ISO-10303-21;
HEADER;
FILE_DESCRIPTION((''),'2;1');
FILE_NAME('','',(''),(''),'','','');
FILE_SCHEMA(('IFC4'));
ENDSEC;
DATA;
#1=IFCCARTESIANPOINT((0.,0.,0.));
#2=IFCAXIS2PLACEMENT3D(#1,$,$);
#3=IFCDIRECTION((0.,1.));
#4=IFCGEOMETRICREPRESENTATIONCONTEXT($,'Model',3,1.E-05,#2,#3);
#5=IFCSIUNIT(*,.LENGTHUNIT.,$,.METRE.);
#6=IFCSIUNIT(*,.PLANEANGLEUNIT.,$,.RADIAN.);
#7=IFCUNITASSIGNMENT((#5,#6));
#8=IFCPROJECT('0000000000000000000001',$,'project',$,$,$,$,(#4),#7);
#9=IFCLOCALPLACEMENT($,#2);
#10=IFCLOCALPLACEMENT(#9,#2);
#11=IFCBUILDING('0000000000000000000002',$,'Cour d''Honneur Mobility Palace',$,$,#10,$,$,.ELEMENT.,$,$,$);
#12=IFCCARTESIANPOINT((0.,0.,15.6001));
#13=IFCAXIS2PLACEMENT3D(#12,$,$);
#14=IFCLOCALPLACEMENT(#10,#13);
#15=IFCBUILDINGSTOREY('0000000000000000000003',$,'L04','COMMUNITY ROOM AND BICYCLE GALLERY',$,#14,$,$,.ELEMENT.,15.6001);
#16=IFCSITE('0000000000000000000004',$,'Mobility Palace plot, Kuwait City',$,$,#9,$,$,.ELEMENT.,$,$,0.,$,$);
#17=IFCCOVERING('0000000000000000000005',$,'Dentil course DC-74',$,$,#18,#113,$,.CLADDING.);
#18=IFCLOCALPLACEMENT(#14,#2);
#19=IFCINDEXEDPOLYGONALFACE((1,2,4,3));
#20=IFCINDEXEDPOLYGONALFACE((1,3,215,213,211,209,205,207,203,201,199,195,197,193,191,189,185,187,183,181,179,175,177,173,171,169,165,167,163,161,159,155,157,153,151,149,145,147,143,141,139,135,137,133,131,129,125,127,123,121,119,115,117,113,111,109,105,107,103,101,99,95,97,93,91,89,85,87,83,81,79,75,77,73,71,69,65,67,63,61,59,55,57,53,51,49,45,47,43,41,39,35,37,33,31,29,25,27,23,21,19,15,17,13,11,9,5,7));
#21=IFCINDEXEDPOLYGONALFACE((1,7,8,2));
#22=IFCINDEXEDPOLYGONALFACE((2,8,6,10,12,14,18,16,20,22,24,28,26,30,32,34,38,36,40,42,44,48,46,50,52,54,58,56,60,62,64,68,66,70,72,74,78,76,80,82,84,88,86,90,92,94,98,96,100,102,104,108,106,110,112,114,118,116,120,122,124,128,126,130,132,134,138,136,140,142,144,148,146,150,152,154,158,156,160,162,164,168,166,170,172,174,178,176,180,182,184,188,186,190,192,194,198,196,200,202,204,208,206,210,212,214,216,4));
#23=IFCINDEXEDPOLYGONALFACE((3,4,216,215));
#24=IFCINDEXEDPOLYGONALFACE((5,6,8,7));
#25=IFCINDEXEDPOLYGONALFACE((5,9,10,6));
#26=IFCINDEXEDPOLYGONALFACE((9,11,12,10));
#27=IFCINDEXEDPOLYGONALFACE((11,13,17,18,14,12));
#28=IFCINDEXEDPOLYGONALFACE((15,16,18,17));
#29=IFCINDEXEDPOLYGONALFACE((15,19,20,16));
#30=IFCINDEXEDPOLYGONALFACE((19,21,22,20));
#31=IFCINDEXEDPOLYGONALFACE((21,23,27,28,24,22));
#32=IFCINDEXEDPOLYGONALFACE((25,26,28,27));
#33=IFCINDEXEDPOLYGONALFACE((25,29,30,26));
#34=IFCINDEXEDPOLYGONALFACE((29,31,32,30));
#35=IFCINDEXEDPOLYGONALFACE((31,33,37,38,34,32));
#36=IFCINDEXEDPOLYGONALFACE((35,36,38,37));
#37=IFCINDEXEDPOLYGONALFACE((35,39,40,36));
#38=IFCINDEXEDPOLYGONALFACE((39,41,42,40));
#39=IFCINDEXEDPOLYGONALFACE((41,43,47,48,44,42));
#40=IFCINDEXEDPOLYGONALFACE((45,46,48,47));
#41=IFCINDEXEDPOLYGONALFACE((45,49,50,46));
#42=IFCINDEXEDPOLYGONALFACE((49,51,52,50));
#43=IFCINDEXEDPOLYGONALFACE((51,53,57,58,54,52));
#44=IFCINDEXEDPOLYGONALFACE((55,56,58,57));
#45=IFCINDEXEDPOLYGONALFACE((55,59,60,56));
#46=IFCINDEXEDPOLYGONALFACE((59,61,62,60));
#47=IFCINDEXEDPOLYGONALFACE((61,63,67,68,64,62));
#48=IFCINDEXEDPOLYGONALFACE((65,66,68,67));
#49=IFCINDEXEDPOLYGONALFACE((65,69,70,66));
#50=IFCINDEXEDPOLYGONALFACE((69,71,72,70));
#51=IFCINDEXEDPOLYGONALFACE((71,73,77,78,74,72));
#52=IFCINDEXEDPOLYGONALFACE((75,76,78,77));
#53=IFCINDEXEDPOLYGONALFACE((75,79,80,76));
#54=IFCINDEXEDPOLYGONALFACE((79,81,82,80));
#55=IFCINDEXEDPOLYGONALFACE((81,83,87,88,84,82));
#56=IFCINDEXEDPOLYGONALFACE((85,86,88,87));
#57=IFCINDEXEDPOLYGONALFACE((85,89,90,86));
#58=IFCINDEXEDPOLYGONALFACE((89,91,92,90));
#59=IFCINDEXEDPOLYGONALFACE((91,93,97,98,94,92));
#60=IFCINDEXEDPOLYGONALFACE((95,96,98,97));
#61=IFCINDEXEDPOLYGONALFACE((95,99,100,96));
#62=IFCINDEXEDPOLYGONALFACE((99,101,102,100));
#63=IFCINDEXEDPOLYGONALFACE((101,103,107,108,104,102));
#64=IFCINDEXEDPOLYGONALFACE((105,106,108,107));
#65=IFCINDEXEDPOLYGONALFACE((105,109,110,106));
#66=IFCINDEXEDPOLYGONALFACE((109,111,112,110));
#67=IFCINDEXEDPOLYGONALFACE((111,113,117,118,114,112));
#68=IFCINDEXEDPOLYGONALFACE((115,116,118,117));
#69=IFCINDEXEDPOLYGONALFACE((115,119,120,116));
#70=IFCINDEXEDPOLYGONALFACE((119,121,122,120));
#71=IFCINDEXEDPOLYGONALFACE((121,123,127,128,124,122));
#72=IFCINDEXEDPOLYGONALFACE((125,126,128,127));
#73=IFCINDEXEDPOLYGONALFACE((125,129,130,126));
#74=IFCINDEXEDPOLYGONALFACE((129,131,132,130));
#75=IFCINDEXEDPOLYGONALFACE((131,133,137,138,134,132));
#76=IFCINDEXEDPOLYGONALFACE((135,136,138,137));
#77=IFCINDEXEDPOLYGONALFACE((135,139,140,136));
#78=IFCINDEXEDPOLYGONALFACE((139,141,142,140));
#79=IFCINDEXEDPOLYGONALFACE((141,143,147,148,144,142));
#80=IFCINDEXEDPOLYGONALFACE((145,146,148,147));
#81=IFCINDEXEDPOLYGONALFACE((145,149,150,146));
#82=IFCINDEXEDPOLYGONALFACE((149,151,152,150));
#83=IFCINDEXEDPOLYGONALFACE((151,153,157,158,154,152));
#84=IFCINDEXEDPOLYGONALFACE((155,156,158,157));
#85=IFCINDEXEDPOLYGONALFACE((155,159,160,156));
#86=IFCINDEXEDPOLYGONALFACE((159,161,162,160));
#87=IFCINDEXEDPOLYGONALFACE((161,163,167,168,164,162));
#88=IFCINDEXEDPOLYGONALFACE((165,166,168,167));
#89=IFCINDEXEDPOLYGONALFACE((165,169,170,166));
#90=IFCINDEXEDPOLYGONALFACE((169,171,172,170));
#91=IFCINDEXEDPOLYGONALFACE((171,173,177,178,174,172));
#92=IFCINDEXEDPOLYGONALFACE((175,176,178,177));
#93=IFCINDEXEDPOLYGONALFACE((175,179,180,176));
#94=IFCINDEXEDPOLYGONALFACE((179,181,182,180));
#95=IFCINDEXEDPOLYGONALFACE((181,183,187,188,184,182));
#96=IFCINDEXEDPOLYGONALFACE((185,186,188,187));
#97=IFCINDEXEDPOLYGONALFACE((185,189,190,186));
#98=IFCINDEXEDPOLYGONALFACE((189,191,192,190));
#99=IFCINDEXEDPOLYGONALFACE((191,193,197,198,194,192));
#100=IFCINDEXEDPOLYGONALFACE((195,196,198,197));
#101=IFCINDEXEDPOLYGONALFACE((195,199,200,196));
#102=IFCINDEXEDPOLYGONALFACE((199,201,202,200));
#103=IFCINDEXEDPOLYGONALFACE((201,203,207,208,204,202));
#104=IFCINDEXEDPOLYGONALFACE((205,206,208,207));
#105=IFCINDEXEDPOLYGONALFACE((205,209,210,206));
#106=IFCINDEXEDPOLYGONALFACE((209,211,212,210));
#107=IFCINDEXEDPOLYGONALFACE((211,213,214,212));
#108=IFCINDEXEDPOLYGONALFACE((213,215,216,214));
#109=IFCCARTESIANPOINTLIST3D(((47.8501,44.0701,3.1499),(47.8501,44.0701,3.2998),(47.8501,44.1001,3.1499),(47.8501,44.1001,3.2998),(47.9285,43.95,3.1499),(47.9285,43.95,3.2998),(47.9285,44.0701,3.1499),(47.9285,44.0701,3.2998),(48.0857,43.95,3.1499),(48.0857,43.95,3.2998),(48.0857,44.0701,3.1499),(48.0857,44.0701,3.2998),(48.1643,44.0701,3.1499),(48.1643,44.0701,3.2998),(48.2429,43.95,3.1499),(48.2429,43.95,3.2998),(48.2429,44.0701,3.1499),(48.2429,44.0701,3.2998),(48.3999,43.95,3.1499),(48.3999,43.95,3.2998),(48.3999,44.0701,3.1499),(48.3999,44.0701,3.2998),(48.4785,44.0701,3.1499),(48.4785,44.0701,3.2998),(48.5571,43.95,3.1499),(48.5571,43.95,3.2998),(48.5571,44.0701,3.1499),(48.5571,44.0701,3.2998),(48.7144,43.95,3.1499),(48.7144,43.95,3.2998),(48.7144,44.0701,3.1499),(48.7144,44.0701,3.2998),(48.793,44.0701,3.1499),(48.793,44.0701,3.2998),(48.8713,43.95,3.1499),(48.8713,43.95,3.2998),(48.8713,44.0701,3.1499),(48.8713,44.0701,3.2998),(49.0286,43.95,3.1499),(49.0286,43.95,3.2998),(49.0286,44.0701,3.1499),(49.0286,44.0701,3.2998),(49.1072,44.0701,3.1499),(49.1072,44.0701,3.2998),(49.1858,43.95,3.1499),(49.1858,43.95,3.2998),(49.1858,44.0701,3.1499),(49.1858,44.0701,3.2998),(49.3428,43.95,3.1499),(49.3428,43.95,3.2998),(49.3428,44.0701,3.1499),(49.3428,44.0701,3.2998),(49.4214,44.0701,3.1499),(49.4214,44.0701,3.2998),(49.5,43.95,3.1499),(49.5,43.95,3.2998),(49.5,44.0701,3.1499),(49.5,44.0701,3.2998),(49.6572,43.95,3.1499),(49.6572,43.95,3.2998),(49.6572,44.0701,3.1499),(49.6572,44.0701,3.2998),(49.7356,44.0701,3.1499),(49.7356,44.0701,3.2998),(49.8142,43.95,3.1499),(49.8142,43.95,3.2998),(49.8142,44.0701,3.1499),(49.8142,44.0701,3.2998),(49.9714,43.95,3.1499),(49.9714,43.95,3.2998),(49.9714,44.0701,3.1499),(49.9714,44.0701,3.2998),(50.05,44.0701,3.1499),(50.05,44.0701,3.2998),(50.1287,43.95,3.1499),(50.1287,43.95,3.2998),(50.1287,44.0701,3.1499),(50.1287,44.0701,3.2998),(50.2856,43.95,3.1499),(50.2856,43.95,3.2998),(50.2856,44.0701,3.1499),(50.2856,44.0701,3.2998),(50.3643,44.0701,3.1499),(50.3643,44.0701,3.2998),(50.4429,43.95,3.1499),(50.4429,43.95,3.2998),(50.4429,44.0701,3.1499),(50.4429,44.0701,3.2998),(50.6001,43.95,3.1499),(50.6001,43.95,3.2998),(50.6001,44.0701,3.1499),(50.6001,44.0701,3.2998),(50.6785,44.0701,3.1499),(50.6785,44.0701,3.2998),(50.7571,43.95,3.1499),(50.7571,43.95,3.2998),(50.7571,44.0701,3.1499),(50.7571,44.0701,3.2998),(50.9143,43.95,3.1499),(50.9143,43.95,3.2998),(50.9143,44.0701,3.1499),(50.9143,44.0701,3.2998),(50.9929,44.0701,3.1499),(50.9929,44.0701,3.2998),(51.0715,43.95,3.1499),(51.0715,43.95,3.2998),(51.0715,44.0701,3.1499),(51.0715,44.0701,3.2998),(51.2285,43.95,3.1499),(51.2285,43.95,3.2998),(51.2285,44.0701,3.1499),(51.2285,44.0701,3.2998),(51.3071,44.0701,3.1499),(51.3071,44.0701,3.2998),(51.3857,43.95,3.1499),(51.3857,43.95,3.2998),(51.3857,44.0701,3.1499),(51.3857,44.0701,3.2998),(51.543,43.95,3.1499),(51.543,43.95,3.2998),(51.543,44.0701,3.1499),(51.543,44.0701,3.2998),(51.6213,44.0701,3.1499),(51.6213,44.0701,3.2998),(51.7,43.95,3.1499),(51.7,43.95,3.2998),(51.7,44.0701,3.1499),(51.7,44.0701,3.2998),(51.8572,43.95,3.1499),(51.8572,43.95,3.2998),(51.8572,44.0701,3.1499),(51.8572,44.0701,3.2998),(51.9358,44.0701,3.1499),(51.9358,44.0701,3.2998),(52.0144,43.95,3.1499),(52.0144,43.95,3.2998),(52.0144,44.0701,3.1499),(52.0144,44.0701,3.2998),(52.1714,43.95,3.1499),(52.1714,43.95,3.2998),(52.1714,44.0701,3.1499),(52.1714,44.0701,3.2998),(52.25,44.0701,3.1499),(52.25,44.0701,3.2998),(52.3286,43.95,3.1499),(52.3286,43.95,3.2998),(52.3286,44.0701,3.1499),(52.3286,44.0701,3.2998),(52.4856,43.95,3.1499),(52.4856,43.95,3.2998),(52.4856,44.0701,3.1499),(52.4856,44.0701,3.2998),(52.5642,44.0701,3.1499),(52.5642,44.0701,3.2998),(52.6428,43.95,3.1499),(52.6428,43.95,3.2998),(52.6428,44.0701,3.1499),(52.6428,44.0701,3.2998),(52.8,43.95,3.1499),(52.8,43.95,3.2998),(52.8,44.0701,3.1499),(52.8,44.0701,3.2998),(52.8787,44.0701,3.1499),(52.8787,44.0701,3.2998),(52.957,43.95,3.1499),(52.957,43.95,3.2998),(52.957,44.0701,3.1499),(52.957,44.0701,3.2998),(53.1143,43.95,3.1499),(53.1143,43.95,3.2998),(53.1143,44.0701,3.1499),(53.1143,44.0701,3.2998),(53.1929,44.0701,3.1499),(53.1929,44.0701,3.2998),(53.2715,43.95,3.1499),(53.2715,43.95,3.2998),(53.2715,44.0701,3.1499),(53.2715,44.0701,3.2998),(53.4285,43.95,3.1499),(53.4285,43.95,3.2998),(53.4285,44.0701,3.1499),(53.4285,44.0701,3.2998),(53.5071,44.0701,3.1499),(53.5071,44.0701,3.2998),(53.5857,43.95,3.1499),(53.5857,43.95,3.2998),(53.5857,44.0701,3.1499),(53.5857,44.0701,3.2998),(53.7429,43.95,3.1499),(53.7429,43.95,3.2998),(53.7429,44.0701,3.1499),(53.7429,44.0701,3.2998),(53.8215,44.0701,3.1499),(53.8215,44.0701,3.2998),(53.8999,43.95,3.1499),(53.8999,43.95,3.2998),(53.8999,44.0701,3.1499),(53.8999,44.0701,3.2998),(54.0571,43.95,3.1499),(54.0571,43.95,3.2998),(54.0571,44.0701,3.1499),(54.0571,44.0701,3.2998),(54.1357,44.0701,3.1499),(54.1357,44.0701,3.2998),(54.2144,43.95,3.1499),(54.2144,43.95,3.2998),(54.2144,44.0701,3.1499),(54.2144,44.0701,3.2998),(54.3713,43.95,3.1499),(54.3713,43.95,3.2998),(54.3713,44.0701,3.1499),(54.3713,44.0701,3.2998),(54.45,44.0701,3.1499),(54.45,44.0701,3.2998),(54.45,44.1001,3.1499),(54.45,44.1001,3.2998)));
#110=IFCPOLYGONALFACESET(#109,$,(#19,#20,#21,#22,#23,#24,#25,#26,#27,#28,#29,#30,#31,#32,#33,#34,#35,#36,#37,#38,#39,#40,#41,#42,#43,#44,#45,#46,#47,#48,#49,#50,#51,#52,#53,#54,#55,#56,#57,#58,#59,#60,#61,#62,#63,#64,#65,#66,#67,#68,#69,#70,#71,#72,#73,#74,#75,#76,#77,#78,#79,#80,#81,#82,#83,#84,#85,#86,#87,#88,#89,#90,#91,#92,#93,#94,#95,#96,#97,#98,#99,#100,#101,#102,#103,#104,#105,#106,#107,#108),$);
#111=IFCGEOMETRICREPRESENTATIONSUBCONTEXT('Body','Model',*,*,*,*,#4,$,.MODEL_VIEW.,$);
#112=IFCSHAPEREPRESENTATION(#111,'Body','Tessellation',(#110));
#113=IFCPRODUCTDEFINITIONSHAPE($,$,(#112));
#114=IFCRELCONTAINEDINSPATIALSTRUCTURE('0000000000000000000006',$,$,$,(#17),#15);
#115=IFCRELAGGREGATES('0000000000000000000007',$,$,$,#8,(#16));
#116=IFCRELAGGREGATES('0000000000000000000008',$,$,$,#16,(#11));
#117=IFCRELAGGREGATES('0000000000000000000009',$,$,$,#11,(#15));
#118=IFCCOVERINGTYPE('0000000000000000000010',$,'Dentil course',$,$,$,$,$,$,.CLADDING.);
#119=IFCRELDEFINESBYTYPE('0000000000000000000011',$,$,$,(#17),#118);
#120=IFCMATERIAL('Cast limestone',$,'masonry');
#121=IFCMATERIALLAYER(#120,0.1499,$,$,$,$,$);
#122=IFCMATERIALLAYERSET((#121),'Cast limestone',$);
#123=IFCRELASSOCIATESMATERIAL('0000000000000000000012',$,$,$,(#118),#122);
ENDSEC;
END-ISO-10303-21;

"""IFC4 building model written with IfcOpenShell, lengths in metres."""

from ifc_helpers import new_model, si_unit, direction, frame, origin, place, context, subcontext, project, spatial, polyline, outline, extrude, material, layer, layer_set, type_object, element, save


model = new_model("IFC4")

# Units and contexts
model_context = context("Model", 3, precision=1e-05, world=origin(), true_north=direction((0.0, 1.0)))
body_context = subcontext(model_context, "Body", "Model", "MODEL_VIEW")
ifc_project = project(units=[si_unit("LENGTHUNIT", "METRE"), si_unit("PLANEANGLEUNIT", "RADIAN")], contexts=[model_context])

# Site, building, storey
site_placement = place(None, origin())
site = spatial("IfcSite", under=ifc_project, at=site_placement, Name="Mobility Palace plot, Kuwait City", CompositionType="ELEMENT", RefElevation=0.0)
building_placement = place(site_placement, origin())
building = spatial("IfcBuilding", under=site, at=building_placement, Name="Cour d'Honneur Mobility Palace", CompositionType="ELEMENT")
storey_placement = place(building_placement, frame((0.0, 0.0, 15.6001)))
storey = spatial("IfcBuildingStorey", under=building, at=storey_placement, Name="L04", Description="COMMUNITY ROOM AND BICYCLE GALLERY", CompositionType="ELEMENT", Elevation=15.6001)

# Covering
ifc_material_1 = material(Name="Cast limestone", Category="masonry")
ifc_layer_1 = layer(ifc_material_1, 0.1499)
ifc_layer_set_1 = layer_set([ifc_layer_1], Name="Cast limestone")
covering_type_1 = type_object("IfcCoveringType", Name="Dentil course", PredefinedType="CLADDING", material=ifc_layer_set_1)
covering_1_placement = place(storey_placement, frame((0.0, 0.0, 3.1499)))
element("IfcCovering", 1, at=covering_1_placement, inside=storey, type_object=covering_type_1, Name="Dentil course DC-74", PredefinedType="CLADDING", context=body_context, shape_type="SweptSolid", body=[
    extrude(outline(polyline([(47.8501, 44.1001), (54.45, 44.1001), (54.45, 44.0701), (54.45, 44.0701), (54.3713, 44.0701), (54.3713, 43.95), (54.2144, 43.95), (54.2144, 44.0701), (54.1357, 44.0701), (54.1357, 44.0701), (54.0571, 44.0701), (54.0571, 43.95), (53.8999, 43.95), (53.8999, 44.0701), (53.8215, 44.0701), (53.8215, 44.0701), (53.7429, 44.0701), (53.7429, 43.95), (53.5857, 43.95), (53.5857, 44.0701), (53.5071, 44.0701), (53.5071, 44.0701), (53.4285, 44.0701), (53.4285, 43.95), (53.2715, 43.95), (53.2715, 44.0701), (53.1929, 44.0701), (53.1929, 44.0701), (53.1143, 44.0701), (53.1143, 43.95), (52.957, 43.95), (52.957, 44.0701), (52.8787, 44.0701), (52.8787, 44.0701), (52.8, 44.0701), (52.8, 43.95), (52.6428, 43.95), (52.6428, 44.0701), (52.5642, 44.0701), (52.5642, 44.0701), (52.4856, 44.0701), (52.4856, 43.95), (52.3286, 43.95), (52.3286, 44.0701), (52.25, 44.0701), (52.25, 44.0701), (52.1714, 44.0701), (52.1714, 43.95), (52.0144, 43.95), (52.0144, 44.0701), (51.9358, 44.0701), (51.9358, 44.0701), (51.8572, 44.0701), (51.8572, 43.95), (51.7, 43.95), (51.7, 44.0701), (51.6213, 44.0701), (51.6213, 44.0701), (51.543, 44.0701), (51.543, 43.95), (51.3857, 43.95), (51.3857, 44.0701), (51.3071, 44.0701), (51.3071, 44.0701), (51.2285, 44.0701), (51.2285, 43.95), (51.0715, 43.95), (51.0715, 44.0701), (50.9929, 44.0701), (50.9929, 44.0701), (50.9143, 44.0701), (50.9143, 43.95), (50.7571, 43.95), (50.7571, 44.0701), (50.6785, 44.0701), (50.6785, 44.0701), (50.6001, 44.0701), (50.6001, 43.95), (50.4429, 43.95), (50.4429, 44.0701), (50.3643, 44.0701), (50.3643, 44.0701), (50.2856, 44.0701), (50.2856, 43.95), (50.1287, 43.95), (50.1287, 44.0701), (50.05, 44.0701), (50.05, 44.0701), (49.9714, 44.0701), (49.9714, 43.95), (49.8142, 43.95), (49.8142, 44.0701), (49.7356, 44.0701), (49.7356, 44.0701), (49.6572, 44.0701), (49.6572, 43.95), (49.5, 43.95), (49.5, 44.0701), (49.4214, 44.0701), (49.4214, 44.0701), (49.3428, 44.0701), (49.3428, 43.95), (49.1858, 43.95), (49.1858, 44.0701), (49.1072, 44.0701), (49.1072, 44.0701), (49.0286, 44.0701), (49.0286, 43.95), (48.8713, 43.95), (48.8713, 44.0701), (48.793, 44.0701), (48.793, 44.0701), (48.7144, 44.0701), (48.7144, 43.95), (48.5571, 43.95), (48.5571, 44.0701), (48.4785, 44.0701), (48.4785, 44.0701), (48.3999, 44.0701), (48.3999, 43.95), (48.2429, 43.95), (48.2429, 44.0701), (48.1643, 44.0701), (48.1643, 44.0701), (48.0857, 44.0701), (48.0857, 43.95), (47.9285, 43.95), (47.9285, 44.0701), (47.8501, 44.0701), (47.8501, 44.1001)])), origin(), (0.0, 0.0, 1.0), 0.1499),
])

save(model, "model.ifc")
